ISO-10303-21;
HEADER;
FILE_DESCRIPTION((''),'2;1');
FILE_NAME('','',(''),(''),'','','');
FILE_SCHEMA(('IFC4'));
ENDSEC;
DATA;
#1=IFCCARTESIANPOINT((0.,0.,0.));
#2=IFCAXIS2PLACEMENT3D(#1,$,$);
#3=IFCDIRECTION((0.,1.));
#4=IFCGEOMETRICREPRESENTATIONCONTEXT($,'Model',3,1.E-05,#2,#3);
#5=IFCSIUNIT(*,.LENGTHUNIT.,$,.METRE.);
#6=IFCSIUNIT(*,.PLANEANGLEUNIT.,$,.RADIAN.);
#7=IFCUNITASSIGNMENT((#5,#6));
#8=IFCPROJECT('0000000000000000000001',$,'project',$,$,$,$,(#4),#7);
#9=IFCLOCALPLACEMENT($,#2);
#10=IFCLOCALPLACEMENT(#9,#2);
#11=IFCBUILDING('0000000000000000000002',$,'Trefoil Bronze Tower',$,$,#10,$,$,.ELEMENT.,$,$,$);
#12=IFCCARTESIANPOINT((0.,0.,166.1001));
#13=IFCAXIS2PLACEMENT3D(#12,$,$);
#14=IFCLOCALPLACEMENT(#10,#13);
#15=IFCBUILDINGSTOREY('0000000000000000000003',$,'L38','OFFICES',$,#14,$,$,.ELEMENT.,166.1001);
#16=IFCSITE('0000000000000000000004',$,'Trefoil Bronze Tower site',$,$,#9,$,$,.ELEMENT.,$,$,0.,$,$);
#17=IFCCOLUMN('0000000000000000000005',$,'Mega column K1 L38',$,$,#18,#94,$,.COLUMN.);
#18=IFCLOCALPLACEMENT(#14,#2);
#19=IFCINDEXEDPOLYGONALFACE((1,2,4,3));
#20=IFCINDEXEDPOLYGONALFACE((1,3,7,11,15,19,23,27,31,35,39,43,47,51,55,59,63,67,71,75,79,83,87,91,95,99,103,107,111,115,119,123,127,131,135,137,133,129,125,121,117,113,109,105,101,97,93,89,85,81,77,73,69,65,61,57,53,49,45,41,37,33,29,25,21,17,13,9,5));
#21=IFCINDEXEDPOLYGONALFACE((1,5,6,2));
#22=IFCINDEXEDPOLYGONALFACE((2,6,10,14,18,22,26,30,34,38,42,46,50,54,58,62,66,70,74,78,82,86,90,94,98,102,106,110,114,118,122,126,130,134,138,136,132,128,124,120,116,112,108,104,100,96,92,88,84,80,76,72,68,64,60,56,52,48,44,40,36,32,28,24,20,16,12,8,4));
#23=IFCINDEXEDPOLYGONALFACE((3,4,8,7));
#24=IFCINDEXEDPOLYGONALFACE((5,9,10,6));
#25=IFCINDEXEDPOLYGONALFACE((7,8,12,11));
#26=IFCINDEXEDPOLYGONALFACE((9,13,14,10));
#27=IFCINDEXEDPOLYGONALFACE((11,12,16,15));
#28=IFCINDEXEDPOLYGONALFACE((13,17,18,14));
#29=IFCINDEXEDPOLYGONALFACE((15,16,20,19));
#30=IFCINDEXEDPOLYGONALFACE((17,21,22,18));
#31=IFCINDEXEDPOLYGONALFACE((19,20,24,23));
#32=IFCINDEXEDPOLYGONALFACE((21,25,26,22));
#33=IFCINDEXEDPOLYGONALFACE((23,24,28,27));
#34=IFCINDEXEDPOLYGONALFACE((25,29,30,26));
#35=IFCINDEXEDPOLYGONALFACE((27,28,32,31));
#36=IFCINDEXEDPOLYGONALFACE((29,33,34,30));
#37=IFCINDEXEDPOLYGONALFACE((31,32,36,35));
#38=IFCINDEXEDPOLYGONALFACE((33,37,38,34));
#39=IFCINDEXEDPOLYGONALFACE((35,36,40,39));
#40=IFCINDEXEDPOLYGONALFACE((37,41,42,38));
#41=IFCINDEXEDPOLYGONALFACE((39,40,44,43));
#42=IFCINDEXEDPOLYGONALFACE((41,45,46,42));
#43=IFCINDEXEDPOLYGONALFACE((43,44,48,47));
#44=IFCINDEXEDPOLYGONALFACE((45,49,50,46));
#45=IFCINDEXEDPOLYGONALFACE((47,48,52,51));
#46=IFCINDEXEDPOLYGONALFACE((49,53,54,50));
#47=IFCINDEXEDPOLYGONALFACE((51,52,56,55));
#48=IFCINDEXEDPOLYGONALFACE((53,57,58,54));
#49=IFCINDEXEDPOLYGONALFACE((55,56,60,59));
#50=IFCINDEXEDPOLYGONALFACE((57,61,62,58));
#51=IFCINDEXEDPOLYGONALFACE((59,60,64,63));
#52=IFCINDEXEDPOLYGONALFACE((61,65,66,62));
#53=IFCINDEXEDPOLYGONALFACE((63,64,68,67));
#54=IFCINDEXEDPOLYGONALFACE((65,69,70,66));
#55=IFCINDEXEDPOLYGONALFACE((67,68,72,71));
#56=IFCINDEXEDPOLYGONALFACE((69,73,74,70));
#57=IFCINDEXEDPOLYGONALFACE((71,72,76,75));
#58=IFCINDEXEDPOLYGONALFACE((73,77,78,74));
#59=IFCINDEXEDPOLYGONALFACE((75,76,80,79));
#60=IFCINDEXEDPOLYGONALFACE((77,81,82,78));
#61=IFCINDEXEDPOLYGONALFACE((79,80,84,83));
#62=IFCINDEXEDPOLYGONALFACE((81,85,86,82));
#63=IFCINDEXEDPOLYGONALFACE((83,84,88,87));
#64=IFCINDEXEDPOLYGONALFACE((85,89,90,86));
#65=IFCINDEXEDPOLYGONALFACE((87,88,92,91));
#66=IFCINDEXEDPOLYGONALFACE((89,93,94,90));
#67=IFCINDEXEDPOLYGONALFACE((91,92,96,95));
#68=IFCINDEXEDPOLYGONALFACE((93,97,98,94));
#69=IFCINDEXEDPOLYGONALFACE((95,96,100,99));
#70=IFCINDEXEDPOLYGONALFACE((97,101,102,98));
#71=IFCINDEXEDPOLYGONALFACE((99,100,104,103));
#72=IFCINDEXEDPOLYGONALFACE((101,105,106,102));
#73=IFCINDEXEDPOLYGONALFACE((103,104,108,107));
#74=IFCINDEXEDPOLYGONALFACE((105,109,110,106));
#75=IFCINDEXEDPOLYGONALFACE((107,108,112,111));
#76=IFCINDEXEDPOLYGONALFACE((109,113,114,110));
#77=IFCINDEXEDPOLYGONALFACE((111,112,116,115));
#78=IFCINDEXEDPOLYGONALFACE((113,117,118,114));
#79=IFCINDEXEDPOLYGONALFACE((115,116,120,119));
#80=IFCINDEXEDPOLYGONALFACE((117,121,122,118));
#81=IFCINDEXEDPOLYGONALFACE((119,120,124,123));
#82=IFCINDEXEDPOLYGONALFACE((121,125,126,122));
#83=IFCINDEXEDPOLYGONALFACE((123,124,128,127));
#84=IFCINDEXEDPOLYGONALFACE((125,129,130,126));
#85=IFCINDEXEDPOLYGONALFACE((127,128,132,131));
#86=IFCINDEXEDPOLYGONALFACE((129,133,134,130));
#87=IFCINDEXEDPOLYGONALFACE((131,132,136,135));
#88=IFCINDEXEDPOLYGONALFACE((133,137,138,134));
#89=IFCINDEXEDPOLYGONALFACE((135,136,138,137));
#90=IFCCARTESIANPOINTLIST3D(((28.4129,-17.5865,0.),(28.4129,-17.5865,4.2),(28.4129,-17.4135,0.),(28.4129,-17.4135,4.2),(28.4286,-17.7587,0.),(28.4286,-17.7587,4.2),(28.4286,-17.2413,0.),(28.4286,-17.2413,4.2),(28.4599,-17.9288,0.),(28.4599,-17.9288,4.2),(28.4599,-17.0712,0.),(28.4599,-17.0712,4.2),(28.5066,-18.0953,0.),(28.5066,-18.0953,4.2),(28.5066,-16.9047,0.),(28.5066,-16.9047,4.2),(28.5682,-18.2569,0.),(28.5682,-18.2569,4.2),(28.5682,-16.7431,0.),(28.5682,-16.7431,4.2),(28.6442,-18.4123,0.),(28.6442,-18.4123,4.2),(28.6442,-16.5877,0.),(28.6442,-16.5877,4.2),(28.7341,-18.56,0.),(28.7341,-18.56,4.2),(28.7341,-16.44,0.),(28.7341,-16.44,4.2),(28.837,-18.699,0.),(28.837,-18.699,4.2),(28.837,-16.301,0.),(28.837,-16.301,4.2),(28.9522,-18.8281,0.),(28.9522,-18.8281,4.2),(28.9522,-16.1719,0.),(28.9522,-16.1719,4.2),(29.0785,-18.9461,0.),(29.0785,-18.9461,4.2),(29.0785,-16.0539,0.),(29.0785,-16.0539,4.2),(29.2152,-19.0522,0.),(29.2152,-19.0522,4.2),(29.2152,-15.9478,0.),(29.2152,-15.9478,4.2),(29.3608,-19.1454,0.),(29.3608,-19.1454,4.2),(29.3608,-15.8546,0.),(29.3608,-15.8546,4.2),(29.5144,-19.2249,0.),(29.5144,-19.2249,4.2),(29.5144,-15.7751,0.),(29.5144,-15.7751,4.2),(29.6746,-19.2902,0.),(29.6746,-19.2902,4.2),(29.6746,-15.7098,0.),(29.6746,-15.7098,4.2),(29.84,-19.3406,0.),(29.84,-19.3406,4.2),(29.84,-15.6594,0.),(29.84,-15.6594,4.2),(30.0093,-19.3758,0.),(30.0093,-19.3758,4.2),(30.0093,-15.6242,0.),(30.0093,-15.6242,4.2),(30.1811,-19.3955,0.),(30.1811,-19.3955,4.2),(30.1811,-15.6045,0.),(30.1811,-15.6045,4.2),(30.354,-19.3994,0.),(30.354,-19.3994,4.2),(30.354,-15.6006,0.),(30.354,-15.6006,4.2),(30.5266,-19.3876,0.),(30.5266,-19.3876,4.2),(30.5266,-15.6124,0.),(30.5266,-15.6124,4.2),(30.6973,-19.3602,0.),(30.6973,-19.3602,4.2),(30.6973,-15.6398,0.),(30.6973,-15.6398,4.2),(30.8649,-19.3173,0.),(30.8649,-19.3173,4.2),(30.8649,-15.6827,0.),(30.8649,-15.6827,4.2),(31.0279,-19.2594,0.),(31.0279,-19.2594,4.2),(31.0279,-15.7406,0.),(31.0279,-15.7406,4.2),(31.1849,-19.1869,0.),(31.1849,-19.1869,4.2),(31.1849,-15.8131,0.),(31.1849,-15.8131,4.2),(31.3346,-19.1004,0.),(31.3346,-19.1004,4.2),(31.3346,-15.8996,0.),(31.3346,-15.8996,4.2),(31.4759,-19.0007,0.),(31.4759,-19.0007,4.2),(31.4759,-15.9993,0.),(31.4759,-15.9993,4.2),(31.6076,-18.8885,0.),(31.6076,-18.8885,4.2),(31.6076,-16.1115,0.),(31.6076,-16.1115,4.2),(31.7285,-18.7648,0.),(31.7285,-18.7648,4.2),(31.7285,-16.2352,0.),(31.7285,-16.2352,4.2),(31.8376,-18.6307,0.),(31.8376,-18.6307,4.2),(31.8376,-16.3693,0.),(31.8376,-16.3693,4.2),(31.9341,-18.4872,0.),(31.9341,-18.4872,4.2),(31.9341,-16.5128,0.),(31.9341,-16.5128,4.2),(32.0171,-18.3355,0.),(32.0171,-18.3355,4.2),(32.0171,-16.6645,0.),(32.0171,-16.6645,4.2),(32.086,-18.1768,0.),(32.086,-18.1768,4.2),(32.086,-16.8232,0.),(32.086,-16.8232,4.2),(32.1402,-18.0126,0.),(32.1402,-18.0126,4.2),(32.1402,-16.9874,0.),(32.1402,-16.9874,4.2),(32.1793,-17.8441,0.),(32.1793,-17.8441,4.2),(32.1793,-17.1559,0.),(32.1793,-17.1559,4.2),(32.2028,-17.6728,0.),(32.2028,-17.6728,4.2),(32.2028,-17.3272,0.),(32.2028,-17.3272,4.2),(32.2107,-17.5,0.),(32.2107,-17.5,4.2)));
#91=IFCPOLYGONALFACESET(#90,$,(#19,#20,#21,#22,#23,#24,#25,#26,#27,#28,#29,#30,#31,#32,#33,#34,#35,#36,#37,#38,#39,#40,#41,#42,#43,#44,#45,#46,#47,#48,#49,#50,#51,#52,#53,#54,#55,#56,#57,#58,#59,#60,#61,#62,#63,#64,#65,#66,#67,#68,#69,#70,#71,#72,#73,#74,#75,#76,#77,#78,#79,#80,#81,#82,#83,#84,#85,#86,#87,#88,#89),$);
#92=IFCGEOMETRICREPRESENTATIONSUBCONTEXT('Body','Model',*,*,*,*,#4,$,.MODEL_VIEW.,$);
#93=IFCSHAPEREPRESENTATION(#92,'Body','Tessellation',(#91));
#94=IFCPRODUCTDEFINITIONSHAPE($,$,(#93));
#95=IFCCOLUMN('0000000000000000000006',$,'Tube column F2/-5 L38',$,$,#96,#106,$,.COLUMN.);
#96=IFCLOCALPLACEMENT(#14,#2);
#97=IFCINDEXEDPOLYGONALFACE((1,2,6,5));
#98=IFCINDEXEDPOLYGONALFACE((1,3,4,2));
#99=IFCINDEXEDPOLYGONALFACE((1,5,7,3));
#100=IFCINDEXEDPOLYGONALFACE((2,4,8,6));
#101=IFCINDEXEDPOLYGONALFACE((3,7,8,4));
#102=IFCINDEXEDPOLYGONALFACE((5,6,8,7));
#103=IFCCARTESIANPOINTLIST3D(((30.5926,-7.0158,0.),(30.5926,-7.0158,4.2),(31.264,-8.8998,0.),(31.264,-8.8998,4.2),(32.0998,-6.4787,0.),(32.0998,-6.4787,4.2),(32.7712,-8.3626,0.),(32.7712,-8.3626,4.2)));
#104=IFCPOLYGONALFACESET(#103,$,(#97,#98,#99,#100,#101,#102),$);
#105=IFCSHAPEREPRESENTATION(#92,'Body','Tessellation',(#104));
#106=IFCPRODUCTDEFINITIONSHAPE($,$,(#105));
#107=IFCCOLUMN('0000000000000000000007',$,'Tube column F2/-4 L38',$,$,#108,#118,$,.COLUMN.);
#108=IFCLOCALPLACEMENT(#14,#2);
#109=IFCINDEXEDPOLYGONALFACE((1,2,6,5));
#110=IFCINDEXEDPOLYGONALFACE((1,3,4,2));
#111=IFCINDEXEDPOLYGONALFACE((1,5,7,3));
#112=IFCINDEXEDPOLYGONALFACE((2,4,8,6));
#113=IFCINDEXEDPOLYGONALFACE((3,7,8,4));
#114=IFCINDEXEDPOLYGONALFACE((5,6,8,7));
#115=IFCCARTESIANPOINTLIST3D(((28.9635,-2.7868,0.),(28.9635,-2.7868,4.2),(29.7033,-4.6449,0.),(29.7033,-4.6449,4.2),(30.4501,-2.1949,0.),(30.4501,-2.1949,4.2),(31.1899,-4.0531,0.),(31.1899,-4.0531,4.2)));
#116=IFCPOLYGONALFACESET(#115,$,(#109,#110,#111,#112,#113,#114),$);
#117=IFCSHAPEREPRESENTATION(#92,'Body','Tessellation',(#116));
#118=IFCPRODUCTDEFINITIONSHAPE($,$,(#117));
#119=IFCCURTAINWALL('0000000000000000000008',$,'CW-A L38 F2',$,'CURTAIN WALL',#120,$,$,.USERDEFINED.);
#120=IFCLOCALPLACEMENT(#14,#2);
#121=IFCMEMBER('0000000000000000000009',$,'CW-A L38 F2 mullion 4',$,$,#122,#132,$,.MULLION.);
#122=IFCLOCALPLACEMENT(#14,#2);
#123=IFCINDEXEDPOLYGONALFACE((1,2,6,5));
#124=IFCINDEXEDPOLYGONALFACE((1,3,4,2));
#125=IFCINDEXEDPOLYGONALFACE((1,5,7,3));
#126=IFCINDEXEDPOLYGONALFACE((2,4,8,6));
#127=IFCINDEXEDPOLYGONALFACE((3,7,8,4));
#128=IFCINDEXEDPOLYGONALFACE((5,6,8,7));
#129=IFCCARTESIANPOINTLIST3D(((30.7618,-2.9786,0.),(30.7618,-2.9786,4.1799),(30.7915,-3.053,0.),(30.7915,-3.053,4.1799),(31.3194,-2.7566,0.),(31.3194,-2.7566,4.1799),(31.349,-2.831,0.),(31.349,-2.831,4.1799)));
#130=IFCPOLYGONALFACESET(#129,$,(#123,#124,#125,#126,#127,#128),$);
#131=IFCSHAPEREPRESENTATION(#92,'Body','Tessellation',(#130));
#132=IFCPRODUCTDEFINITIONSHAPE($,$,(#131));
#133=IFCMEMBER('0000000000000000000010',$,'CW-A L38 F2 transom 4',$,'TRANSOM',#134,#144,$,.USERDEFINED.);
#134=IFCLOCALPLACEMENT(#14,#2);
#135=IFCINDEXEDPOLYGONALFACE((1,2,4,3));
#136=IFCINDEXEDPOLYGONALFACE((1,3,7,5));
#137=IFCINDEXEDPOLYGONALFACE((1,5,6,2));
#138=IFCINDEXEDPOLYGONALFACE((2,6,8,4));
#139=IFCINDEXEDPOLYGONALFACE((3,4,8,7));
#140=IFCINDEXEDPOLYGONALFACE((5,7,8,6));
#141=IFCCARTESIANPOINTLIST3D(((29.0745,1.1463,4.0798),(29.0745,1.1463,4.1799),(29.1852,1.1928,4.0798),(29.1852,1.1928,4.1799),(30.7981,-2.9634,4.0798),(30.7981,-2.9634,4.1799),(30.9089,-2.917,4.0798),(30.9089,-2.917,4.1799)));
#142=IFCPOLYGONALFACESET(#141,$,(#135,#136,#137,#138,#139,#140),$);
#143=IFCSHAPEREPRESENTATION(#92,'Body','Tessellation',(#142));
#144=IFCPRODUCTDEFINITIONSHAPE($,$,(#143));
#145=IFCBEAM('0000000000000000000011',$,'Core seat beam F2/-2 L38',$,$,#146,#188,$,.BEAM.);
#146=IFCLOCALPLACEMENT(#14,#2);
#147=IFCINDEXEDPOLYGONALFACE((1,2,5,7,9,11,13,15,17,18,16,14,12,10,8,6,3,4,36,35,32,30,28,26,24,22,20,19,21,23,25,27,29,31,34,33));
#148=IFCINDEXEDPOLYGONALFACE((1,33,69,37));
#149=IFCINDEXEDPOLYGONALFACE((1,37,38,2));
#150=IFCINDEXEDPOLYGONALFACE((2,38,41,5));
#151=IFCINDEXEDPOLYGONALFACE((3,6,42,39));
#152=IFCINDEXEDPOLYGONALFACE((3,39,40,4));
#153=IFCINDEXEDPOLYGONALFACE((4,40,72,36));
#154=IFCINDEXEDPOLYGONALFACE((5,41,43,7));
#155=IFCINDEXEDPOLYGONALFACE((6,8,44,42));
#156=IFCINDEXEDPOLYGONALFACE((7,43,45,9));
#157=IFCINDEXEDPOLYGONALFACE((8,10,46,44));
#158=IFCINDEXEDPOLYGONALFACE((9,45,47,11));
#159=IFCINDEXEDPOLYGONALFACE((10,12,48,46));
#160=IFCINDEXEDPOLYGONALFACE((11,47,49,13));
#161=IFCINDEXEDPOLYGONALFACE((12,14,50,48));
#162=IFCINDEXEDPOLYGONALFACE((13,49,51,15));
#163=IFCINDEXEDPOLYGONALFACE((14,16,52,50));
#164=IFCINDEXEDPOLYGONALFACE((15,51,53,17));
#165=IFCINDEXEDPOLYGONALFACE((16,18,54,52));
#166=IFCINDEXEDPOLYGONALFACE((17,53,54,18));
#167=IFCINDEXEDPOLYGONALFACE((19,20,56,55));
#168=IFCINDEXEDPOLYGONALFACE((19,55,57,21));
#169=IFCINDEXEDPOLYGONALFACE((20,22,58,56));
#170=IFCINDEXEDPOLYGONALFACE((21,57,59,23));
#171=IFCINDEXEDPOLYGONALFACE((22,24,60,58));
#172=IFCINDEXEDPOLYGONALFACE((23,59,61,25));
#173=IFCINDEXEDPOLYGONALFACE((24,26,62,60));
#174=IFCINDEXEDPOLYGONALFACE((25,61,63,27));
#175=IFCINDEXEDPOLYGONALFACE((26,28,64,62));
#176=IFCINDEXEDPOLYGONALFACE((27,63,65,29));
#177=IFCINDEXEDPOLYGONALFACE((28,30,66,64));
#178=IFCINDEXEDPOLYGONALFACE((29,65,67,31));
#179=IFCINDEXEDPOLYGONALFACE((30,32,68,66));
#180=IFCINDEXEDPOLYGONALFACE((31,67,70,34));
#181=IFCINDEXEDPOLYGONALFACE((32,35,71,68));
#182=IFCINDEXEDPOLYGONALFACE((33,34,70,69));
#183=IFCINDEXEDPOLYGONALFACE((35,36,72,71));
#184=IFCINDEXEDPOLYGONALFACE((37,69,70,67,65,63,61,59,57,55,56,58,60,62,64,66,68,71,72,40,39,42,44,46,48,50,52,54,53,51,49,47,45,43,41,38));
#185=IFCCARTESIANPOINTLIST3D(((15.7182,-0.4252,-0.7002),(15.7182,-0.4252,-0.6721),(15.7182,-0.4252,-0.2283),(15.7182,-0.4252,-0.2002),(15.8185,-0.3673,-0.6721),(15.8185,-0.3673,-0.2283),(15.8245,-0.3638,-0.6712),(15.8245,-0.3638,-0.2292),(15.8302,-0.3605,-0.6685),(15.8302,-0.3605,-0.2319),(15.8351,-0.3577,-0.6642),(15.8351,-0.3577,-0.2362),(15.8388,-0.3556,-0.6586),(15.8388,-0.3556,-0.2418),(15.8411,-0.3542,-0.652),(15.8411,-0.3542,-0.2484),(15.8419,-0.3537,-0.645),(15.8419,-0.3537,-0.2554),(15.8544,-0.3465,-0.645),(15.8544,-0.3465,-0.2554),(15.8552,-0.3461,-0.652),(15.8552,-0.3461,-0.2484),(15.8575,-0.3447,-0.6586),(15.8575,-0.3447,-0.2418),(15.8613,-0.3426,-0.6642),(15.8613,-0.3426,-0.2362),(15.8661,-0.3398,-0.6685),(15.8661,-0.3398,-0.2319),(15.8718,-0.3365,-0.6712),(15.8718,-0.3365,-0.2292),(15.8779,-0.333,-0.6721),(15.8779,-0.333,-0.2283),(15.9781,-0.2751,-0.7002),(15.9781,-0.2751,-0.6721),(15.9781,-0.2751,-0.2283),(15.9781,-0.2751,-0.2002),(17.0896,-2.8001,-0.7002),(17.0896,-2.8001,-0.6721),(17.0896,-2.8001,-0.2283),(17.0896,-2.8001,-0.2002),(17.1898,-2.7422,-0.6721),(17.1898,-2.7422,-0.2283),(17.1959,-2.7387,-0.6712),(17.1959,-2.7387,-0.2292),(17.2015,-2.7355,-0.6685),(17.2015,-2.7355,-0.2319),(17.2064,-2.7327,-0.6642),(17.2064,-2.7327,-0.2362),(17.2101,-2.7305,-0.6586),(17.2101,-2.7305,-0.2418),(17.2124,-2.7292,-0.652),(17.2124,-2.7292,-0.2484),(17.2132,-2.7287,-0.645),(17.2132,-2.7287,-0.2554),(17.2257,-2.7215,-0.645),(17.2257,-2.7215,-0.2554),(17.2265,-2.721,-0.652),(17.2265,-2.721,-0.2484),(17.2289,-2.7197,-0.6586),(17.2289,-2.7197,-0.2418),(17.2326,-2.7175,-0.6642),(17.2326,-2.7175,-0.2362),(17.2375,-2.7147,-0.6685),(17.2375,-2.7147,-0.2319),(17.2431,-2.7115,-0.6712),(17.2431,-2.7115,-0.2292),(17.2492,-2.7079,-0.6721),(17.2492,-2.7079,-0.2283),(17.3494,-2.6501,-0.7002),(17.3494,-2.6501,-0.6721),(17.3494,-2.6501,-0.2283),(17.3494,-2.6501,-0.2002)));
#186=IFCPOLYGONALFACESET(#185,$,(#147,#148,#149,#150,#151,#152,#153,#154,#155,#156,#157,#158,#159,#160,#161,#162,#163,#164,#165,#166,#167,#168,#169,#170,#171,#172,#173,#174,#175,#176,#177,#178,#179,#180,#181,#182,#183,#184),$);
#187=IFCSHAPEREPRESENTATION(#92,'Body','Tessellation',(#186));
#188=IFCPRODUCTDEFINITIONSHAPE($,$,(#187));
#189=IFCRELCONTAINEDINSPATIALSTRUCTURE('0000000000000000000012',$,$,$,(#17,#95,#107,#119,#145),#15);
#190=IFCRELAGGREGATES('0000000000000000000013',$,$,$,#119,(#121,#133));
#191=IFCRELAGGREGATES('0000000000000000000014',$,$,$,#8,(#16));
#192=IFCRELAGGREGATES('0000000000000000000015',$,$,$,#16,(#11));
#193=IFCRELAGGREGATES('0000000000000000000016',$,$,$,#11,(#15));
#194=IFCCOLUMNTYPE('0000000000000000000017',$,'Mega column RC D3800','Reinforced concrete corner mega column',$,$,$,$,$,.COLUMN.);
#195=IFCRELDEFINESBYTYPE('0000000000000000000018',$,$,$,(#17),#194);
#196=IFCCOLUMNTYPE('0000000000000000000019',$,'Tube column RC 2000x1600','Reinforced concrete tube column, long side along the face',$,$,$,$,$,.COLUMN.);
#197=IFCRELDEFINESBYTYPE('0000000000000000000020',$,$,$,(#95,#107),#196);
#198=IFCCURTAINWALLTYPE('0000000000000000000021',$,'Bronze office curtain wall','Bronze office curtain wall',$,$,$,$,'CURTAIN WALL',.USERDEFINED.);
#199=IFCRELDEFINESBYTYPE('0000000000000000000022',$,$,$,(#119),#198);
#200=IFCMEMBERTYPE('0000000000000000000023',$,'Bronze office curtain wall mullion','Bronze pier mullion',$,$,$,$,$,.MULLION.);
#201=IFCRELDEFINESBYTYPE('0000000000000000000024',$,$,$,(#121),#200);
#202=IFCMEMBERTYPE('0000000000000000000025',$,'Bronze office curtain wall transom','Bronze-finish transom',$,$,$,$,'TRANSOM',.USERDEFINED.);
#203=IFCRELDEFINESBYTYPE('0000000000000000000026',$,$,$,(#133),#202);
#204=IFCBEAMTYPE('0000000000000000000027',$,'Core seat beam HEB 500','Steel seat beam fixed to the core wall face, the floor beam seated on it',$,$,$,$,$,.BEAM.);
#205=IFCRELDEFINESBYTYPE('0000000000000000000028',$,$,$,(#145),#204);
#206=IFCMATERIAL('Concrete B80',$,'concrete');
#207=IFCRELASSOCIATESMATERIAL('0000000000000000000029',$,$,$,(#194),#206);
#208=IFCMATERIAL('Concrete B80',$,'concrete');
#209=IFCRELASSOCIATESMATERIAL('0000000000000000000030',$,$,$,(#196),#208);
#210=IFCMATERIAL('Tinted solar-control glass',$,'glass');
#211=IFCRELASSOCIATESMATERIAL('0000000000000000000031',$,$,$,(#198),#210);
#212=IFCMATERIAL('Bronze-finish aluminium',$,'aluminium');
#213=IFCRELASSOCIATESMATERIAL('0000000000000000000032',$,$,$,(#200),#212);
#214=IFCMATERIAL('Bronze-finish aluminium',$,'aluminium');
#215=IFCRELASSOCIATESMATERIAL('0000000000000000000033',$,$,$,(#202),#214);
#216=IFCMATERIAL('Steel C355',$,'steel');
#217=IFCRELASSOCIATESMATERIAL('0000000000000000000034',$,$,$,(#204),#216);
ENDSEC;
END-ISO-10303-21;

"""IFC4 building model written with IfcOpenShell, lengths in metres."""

from ifc_helpers import new_model, si_unit, direction, frame, origin, origin_2d, place, context, subcontext, project, spatial, rectangle, circle, i_section, extrude, material, material_profile, profile_set, type_object, element, aggregate, save


model = new_model("IFC4")

# Units and contexts
model_context = context("Model", 3, precision=1e-05, world=origin(), true_north=direction((0.0, 1.0)))
body_context = subcontext(model_context, "Body", "Model", "MODEL_VIEW")
ifc_project = project(units=[si_unit("LENGTHUNIT", "METRE"), si_unit("PLANEANGLEUNIT", "RADIAN")], contexts=[model_context])

# Site, building, storey
site_placement = place(None, origin())
site = spatial("IfcSite", under=ifc_project, at=site_placement, Name="Trefoil Bronze Tower site", CompositionType="ELEMENT", RefElevation=0.0)
building_placement = place(site_placement, origin())
building = spatial("IfcBuilding", under=site, at=building_placement, Name="Trefoil Bronze Tower", CompositionType="ELEMENT")
storey_placement = place(building_placement, frame((0.0, 0.0, 166.1001)))
storey = spatial("IfcBuildingStorey", under=building, at=storey_placement, Name="L38", Description="OFFICES", CompositionType="ELEMENT", Elevation=166.1001)

# Columns
ifc_material_1 = material(Name="Concrete B80", Category="concrete")
ifc_material_profile_1 = material_profile(ifc_material_1, circle(Radius=1.8999, at=origin_2d()), Name="RC D3800")
ifc_profile_set_1 = profile_set([ifc_material_profile_1], Name="Concrete B80")
column_type_1 = type_object("IfcColumnType", Name="Mega column RC D3800", Description="Reinforced concrete corner mega column", PredefinedType="COLUMN", material=ifc_profile_set_1)
column_placement = place(storey_placement, frame((30.3108, -17.5, 0.0), z_axis=(0.0, 0.0, 1.0), x_axis=(1.0, 0.0, 0.0)))
element("IfcColumn", 1, at=column_placement, inside=storey, type_object=column_type_1, Name="Mega column K1 L38", PredefinedType="COLUMN", context=body_context, shape_type="SweptSolid", body=[
    extrude(circle(Radius=1.8999, at=origin_2d()), origin(), (0.0, 0.0, 1.0), 4.2),
])
ifc_material_2 = material(Name="Concrete B80", Category="concrete")
ifc_material_profile_2 = material_profile(ifc_material_2, rectangle(XDim=2.0, YDim=1.6001, at=origin_2d()), Name="RC 2000x1600")
ifc_profile_set_2 = profile_set([ifc_material_profile_2], Name="Concrete B80")
column_type_2 = type_object("IfcColumnType", Name="Tube column RC 2000x1600", Description="Reinforced concrete tube column, long side along the face", PredefinedType="COLUMN", material=ifc_profile_set_2)
for number, where, z_axis, x_axis, name in (
    (2, (31.6819, -7.6892, 0.0), (0.0, 0.0, 1.0), (-0.335718, 0.941963, 0.0), "Tube column F2/-5 L38"),
    (3, (30.0767, -3.4199, 0.0), (0.0, 0.0, 1.0), (-0.369901, 0.929071, 0.0), "Tube column F2/-4 L38"),
):
    element("IfcColumn", number, at=place(storey_placement, frame(where, z_axis=z_axis, x_axis=x_axis)), inside=storey, type_object=column_type_2, Name=name, PredefinedType="COLUMN", context=body_context, shape_type="SweptSolid", body=[
        extrude(rectangle(XDim=2.0, YDim=1.6001, at=origin_2d()), origin(), (0.0, 0.0, 1.0), 4.2),
    ])

# Curtain wall, members
ifc_material_3 = material(Name="Tinted solar-control glass", Category="glass")
curtain_wall_type = type_object("IfcCurtainWallType", Name="Bronze office curtain wall", Description="Bronze office curtain wall", ElementType="CURTAIN WALL", PredefinedType="USERDEFINED", material=ifc_material_3)
curtain_wall_placement = place(storey_placement, origin())
curtain_wall = element("IfcCurtainWall", 4, at=curtain_wall_placement, inside=storey, type_object=curtain_wall_type, Name="CW-A L38 F2", ObjectType="CURTAIN WALL", PredefinedType="USERDEFINED")
ifc_material_4 = material(Name="Bronze-finish aluminium", Category="aluminium")
ifc_material_profile_3 = material_profile(ifc_material_4, rectangle(XDim=0.6001, YDim=0.0801, at=origin_2d()), Name="CW-A mullion")
ifc_profile_set_3 = profile_set([ifc_material_profile_3], Name="Bronze-finish aluminium")
member_type_1 = type_object("IfcMemberType", Name="Bronze office curtain wall mullion", Description="Bronze pier mullion", PredefinedType="MULLION", material=ifc_profile_set_3)
member_1_placement = place(storey_placement, frame((31.0554, -2.9048, 0.0), z_axis=(0.0, 0.0, 1.0), x_axis=(-0.929071, -0.369901, 0.0)))
member_1 = element("IfcMember", 5, at=member_1_placement, type_object=member_type_1, Name="CW-A L38 F2 mullion 4", PredefinedType="MULLION", context=body_context, shape_type="SweptSolid", body=[
    extrude(rectangle(XDim=0.6001, YDim=0.0801, at=origin_2d()), origin(), (0.0, 0.0, 1.0), 4.1799),
])
ifc_material_5 = material(Name="Bronze-finish aluminium", Category="aluminium")
ifc_material_profile_4 = material_profile(ifc_material_5, rectangle(XDim=0.1201, YDim=0.1001, at=origin_2d()), Name="CW-A transom")
ifc_profile_set_4 = profile_set([ifc_material_profile_4], Name="Bronze-finish aluminium")
member_type_2 = type_object("IfcMemberType", Name="Bronze office curtain wall transom", Description="Bronze-finish transom", ElementType="TRANSOM", PredefinedType="USERDEFINED", material=ifc_profile_set_4)
member_2_placement = place(storey_placement, frame((30.8535, -2.9402, 4.1299), z_axis=(-0.386773, 0.922175, 0.0), x_axis=(-0.922175, -0.386773, 0.0)))
member_2 = element("IfcMember", 6, at=member_2_placement, type_object=member_type_2, Name="CW-A L38 F2 transom 4", ObjectType="TRANSOM", PredefinedType="USERDEFINED", context=body_context, shape_type="SweptSolid", body=[
    extrude(rectangle(XDim=0.1201, YDim=0.1001, at=origin_2d()), origin(), (0.0, 0.0, 1.0), 4.4565),
])

# Beam
ifc_material_6 = material(Name="Steel C355", Category="steel")
ifc_material_profile_5 = material_profile(ifc_material_6, i_section(OverallWidth=0.3, OverallDepth=0.5, WebThickness=0.0144, FlangeThickness=0.0281, FilletRadius=0.0271, at=origin_2d()), Name="HEB 500")
ifc_profile_set_5 = profile_set([ifc_material_profile_5], Name="Steel C355")
beam_type_1 = type_object("IfcBeamType", Name="Core seat beam HEB 500", Description="Steel seat beam fixed to the core wall face, the floor beam seated on it", PredefinedType="BEAM", material=ifc_profile_set_5)
beam_1_placement = place(storey_placement, frame((17.2195, -2.7251, -0.4502), z_axis=(-0.500036, 0.866005, 0.0), x_axis=(-0.866005, -0.500036, 0.0)))
element("IfcBeam", 7, at=beam_1_placement, inside=storey, type_object=beam_type_1, Name="Core seat beam F2/-2 L38", PredefinedType="BEAM", context=body_context, shape_type="SweptSolid", body=[
    extrude(i_section(OverallWidth=0.3, OverallDepth=0.5, WebThickness=0.0144, FlangeThickness=0.0281, FilletRadius=0.0271, at=origin_2d()), origin(), (0.0, 0.0, 1.0), 2.7424),
])

aggregate(curtain_wall, [member_1, member_2])

save(model, "model.ifc")
